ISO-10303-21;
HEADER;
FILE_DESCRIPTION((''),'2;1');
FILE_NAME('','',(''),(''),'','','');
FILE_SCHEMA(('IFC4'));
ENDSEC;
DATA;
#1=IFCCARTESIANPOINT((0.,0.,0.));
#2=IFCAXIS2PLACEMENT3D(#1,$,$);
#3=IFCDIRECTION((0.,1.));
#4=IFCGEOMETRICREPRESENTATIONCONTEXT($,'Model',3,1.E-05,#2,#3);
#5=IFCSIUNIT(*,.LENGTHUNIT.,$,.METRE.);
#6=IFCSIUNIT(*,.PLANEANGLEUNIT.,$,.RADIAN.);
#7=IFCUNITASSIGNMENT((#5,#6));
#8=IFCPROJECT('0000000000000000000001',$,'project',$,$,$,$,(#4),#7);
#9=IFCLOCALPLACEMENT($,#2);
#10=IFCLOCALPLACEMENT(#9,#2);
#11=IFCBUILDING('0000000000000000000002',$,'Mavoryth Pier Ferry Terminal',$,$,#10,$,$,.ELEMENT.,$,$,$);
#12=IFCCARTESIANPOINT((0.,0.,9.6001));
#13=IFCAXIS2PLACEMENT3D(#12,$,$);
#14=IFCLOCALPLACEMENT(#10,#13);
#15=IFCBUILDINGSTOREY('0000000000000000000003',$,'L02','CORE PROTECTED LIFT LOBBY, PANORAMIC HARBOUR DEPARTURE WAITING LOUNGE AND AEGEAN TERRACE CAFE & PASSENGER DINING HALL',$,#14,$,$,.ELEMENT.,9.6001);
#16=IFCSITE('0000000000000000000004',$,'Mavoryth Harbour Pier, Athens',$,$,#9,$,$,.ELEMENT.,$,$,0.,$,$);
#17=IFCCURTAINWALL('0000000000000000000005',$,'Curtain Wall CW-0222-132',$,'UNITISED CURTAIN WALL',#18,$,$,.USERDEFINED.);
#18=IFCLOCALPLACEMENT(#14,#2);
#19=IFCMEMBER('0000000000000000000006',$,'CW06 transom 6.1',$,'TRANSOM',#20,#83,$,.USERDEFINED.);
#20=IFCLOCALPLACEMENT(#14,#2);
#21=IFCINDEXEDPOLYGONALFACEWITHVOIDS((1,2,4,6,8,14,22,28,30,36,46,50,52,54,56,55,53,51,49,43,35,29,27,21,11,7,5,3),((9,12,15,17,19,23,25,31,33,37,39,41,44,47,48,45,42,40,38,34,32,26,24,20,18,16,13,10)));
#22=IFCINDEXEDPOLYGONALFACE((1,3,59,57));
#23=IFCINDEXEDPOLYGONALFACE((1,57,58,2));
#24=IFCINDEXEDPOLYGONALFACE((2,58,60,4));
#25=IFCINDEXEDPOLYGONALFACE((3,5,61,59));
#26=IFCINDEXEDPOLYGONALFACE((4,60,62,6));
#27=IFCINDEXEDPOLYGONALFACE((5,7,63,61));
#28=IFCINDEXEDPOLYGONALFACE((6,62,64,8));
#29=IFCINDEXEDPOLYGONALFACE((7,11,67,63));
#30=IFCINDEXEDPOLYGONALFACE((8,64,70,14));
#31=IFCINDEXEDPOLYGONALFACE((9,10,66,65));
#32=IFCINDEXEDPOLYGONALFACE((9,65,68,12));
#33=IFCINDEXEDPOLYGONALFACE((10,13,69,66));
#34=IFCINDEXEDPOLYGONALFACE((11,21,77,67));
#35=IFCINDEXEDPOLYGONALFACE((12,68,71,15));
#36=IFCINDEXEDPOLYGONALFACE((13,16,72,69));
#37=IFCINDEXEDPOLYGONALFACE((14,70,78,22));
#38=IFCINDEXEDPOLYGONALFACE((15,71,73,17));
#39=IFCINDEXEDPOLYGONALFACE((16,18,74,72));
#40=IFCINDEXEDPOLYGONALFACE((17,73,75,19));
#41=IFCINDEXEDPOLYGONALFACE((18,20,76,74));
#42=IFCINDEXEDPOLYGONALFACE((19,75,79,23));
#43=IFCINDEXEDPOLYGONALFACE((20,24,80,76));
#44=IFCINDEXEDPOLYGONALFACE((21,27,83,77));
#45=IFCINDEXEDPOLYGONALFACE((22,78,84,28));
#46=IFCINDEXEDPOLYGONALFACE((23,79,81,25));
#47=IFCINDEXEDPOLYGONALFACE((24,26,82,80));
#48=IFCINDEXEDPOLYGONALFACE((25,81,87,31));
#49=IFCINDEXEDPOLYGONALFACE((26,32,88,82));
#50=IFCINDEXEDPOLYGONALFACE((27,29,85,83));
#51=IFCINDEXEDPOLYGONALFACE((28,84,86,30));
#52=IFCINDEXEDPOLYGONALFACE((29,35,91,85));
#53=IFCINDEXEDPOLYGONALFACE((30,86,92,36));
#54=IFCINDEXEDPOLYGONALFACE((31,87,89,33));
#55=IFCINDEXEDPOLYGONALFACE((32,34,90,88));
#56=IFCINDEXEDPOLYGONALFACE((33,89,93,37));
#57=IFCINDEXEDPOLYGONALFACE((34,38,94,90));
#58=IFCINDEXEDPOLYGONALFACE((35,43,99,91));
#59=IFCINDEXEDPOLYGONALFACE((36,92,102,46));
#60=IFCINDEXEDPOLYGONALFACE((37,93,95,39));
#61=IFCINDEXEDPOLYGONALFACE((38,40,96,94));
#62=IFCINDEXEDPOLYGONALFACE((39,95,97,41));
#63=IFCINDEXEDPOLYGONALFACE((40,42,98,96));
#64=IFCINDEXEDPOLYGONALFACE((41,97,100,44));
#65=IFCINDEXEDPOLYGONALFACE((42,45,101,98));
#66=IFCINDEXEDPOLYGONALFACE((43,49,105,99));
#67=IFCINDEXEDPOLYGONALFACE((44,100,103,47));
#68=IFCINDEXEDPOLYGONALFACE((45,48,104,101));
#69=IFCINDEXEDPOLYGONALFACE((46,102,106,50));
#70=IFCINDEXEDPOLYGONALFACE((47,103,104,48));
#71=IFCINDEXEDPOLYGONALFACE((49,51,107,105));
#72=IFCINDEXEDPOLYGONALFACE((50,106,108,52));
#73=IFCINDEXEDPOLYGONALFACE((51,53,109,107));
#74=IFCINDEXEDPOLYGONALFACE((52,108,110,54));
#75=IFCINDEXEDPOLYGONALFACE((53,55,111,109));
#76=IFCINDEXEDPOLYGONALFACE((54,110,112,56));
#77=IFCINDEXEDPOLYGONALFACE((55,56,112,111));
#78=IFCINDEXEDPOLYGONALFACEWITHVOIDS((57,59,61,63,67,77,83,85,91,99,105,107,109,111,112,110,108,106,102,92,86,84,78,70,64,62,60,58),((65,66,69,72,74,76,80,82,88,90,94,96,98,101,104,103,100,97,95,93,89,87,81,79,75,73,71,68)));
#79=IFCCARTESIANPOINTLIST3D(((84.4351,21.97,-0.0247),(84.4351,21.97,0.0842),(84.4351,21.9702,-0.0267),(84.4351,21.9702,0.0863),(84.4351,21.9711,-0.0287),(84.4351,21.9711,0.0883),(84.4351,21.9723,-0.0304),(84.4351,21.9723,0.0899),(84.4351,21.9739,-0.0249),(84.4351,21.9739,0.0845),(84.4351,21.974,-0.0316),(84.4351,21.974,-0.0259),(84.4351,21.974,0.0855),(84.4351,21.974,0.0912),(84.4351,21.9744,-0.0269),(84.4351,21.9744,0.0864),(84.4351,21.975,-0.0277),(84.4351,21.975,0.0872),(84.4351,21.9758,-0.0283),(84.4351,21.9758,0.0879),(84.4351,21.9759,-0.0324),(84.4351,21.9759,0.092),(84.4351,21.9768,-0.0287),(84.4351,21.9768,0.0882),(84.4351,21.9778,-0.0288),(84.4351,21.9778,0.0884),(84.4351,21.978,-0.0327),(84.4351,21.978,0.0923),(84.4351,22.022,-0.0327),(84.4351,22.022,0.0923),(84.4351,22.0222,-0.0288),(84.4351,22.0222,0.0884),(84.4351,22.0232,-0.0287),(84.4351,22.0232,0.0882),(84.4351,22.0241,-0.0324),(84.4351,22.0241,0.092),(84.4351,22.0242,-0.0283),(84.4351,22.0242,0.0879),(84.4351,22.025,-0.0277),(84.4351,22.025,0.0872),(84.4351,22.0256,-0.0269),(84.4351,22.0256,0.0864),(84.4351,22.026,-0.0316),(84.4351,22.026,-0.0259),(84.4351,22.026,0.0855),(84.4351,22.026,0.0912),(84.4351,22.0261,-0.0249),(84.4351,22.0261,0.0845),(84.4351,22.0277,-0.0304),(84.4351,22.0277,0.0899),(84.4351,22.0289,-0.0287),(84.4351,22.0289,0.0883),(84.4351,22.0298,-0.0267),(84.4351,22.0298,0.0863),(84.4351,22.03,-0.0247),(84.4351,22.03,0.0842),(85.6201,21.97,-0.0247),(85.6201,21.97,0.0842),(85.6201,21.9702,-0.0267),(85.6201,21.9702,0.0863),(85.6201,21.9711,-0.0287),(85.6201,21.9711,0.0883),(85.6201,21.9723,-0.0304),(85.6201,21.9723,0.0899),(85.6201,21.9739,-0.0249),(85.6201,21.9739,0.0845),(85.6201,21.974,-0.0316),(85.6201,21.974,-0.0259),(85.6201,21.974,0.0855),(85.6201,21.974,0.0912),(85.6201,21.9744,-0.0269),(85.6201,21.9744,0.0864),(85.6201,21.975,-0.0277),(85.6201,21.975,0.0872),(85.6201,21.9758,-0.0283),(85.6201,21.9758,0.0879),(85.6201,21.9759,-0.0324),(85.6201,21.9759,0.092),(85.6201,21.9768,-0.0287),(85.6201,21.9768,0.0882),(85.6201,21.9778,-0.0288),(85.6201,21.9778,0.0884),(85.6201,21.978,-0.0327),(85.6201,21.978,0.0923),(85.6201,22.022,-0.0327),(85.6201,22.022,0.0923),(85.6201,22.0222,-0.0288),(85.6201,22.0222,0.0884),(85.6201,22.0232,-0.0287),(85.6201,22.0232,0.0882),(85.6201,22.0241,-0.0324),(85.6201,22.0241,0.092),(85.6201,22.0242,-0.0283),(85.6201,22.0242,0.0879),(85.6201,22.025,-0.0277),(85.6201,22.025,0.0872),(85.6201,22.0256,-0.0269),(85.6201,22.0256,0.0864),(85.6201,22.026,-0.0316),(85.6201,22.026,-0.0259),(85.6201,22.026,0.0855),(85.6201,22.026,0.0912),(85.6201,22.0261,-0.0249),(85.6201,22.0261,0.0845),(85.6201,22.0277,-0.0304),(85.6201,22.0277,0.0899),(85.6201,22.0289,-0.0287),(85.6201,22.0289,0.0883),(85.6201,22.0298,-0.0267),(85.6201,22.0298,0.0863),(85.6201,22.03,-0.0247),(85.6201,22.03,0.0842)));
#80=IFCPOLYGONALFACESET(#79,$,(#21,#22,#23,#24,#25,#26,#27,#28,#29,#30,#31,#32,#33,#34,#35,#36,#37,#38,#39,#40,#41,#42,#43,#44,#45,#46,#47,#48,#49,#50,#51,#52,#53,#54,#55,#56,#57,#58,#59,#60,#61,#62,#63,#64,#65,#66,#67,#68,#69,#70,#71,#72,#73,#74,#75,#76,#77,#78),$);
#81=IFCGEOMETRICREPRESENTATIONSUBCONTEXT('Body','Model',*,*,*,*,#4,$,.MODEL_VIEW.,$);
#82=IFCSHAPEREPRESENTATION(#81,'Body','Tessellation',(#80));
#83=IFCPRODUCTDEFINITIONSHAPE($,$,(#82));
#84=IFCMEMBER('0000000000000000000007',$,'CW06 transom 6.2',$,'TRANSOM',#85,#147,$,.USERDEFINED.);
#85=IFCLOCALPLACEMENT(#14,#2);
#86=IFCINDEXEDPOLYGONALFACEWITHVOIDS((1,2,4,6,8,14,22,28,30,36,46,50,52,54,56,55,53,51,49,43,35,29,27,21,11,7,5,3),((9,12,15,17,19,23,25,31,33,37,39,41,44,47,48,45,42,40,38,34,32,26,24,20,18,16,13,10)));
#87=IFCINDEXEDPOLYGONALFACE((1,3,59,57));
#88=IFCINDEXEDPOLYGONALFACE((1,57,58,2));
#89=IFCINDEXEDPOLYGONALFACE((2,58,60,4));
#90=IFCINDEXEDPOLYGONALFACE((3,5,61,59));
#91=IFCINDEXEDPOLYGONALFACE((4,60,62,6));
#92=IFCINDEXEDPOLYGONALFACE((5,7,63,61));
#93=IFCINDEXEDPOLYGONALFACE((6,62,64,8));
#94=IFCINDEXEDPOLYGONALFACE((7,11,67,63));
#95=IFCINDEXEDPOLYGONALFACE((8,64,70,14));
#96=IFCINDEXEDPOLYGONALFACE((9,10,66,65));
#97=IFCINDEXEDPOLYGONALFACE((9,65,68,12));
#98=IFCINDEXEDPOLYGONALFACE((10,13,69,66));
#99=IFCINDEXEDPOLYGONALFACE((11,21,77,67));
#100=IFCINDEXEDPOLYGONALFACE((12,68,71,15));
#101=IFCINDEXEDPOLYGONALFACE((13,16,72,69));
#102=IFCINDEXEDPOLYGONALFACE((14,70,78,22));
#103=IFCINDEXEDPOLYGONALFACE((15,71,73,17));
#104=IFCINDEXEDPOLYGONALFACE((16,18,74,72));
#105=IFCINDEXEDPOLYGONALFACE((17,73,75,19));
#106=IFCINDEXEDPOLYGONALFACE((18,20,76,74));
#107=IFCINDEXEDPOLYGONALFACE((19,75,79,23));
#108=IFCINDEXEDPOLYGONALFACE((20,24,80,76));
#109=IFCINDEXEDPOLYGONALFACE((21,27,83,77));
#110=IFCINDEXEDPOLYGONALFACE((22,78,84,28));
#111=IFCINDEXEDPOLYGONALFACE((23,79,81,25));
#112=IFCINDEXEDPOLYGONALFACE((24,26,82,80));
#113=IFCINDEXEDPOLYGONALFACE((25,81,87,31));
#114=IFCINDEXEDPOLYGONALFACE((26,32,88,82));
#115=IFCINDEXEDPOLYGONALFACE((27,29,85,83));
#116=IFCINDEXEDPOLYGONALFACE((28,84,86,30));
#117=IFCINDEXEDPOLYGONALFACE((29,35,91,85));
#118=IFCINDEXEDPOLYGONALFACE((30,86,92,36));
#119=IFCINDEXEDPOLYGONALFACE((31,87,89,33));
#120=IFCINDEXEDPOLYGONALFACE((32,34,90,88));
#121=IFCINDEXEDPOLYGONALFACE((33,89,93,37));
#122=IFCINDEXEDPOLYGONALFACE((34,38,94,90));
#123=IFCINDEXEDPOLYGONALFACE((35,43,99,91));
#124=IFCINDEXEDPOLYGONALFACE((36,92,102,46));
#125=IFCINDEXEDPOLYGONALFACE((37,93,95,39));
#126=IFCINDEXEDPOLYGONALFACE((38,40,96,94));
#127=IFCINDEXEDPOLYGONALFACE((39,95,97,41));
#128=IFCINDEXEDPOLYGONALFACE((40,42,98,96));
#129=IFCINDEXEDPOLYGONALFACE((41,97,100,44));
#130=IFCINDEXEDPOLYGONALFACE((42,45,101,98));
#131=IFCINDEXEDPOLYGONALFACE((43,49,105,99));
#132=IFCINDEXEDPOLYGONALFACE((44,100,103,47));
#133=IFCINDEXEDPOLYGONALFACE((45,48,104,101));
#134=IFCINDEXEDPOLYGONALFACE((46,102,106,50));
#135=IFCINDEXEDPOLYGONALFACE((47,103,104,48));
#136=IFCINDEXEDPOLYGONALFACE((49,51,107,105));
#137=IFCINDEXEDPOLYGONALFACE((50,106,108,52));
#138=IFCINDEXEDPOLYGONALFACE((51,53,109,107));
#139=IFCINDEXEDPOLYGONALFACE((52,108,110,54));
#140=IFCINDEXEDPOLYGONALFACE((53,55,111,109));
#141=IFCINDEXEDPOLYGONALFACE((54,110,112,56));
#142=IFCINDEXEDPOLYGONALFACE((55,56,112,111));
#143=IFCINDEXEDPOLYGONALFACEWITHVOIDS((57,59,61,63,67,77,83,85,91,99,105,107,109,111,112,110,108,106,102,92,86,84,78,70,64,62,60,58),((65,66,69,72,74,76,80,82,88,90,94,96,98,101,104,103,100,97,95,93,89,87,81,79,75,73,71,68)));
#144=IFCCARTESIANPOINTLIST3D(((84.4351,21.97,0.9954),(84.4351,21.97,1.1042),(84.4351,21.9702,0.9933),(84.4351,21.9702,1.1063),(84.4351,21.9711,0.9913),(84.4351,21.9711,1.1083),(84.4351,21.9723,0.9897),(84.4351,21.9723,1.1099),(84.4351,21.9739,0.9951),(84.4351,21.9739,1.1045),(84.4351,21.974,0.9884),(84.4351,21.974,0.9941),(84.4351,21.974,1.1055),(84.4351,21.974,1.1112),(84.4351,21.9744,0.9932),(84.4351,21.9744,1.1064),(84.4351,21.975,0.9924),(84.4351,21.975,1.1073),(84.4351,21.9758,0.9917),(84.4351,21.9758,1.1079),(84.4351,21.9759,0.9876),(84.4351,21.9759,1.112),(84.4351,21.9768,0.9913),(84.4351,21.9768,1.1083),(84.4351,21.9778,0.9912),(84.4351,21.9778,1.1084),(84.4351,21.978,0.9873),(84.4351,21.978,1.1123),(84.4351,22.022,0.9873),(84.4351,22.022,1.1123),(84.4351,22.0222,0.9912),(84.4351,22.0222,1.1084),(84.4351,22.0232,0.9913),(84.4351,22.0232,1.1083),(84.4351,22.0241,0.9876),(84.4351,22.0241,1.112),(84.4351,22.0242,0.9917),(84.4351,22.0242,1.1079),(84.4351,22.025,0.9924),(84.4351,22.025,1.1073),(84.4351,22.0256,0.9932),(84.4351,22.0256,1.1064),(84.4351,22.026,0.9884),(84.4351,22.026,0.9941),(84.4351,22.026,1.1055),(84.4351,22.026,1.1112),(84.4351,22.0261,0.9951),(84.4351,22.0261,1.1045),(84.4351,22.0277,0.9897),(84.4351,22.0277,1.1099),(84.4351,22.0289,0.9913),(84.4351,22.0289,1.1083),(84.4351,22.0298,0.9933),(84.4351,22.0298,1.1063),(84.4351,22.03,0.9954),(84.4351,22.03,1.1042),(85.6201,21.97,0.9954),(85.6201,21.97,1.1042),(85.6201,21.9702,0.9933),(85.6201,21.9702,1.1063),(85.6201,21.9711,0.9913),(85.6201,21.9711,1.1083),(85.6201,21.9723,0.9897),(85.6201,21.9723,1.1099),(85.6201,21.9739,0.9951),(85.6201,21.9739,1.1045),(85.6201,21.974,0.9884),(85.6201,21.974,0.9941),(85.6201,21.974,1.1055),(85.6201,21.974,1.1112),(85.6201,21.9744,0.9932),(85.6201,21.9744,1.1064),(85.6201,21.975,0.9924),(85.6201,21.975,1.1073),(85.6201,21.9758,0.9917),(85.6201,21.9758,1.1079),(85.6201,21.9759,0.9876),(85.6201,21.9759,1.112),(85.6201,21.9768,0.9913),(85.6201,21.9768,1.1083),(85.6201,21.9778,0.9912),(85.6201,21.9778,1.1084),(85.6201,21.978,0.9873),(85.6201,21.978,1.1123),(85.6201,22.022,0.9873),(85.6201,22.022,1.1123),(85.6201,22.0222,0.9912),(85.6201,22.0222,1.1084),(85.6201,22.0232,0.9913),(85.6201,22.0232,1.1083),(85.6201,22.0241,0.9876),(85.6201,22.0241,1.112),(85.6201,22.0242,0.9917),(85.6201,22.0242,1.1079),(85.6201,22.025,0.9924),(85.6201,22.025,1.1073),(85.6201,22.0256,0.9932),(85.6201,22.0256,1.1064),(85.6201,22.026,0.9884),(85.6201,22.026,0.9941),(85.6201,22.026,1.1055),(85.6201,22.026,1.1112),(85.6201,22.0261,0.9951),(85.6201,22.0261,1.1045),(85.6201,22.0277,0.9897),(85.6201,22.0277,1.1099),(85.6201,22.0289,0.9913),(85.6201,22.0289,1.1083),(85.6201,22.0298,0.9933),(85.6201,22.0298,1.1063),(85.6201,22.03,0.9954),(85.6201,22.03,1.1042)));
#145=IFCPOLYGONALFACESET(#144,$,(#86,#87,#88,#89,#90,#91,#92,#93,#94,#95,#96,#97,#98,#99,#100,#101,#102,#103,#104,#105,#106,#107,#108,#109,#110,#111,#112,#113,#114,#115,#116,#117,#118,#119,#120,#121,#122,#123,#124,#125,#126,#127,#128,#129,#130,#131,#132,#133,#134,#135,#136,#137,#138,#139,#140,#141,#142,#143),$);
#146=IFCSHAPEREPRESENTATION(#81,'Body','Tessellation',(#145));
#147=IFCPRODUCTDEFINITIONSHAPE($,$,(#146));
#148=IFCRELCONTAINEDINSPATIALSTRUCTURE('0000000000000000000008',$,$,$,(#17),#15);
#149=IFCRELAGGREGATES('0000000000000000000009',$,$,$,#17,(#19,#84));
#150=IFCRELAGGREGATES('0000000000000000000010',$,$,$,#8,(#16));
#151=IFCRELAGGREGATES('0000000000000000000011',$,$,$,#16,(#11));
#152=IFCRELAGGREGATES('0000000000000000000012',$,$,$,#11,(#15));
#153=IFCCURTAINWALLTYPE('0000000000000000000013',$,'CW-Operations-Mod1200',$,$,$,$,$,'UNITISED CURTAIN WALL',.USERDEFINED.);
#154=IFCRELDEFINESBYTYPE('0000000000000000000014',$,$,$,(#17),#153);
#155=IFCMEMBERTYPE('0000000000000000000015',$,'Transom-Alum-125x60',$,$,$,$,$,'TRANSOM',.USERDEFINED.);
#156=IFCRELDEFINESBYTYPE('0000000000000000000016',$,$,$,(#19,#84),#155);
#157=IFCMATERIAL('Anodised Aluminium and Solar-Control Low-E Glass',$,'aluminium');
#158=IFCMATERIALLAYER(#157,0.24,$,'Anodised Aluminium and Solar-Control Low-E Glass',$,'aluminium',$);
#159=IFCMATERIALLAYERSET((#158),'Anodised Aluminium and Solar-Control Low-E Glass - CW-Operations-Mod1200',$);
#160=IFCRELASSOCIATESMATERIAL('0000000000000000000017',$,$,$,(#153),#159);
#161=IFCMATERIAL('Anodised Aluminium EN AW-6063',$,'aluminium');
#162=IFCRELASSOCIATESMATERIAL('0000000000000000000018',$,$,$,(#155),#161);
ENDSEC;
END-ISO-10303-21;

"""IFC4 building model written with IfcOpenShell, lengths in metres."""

from ifc_helpers import new_model, si_unit, direction, frame, origin, origin_2d, place, context, subcontext, project, spatial, hollow_rectangle, extrude, material, layer, layer_set, material_profile, profile_set, type_object, element, aggregate, save


model = new_model("IFC4")

# Units and contexts
model_context = context("Model", 3, precision=1e-05, world=origin(), true_north=direction((0.0, 1.0)))
body_context = subcontext(model_context, "Body", "Model", "MODEL_VIEW")
ifc_project = project(units=[si_unit("LENGTHUNIT", "METRE"), si_unit("PLANEANGLEUNIT", "RADIAN")], contexts=[model_context])

# Site, building, storey
site_placement = place(None, origin())
site = spatial("IfcSite", under=ifc_project, at=site_placement, Name="Mavoryth Harbour Pier, Athens", CompositionType="ELEMENT", RefElevation=0.0)
building_placement = place(site_placement, origin())
building = spatial("IfcBuilding", under=site, at=building_placement, Name="Mavoryth Pier Ferry Terminal", CompositionType="ELEMENT")
storey_placement = place(building_placement, frame((0.0, 0.0, 9.6001)))
storey = spatial("IfcBuildingStorey", under=building, at=storey_placement, Name="L02", Description="CORE PROTECTED LIFT LOBBY, PANORAMIC HARBOUR DEPARTURE WAITING LOUNGE AND AEGEAN TERRACE CAFE & PASSENGER DINING HALL", CompositionType="ELEMENT", Elevation=9.6001)

# Curtain wall
ifc_material_1 = material(Name="Anodised Aluminium and Solar-Control Low-E Glass", Category="aluminium")
ifc_layer_1 = layer(ifc_material_1, 0.24, Name="Anodised Aluminium and Solar-Control Low-E Glass", Category="aluminium")
ifc_layer_set_1 = layer_set([ifc_layer_1], Name="Anodised Aluminium and Solar-Control Low-E Glass - CW-Operations-Mod1200")
curtain_wall_type = type_object("IfcCurtainWallType", Name="CW-Operations-Mod1200", ElementType="UNITISED CURTAIN WALL", PredefinedType="USERDEFINED", material=ifc_layer_set_1)
curtain_wall_placement = place(storey_placement, origin())
curtain_wall = element("IfcCurtainWall", 1, at=curtain_wall_placement, inside=storey, type_object=curtain_wall_type, Name="Curtain Wall CW-0222-132", ObjectType="UNITISED CURTAIN WALL", PredefinedType="USERDEFINED")
ifc_material_2 = material(Name="Anodised Aluminium EN AW-6063", Category="aluminium")

# Members
ifc_material_profile_1 = material_profile(ifc_material_2, hollow_rectangle(XDim=0.0601, YDim=0.125, WallThickness=0.0039, InnerFilletRadius=0.0039, OuterFilletRadius=0.0081, at=origin_2d()), Name="AL-TRAN 125x60x4", Category="aluminium")
ifc_profile_set_1 = profile_set([ifc_material_profile_1], Name="Anodised Aluminium EN AW-6063 - AL-TRAN 125x60x4")
member_type_1 = type_object("IfcMemberType", Name="Transom-Alum-125x60", ElementType="TRANSOM", PredefinedType="USERDEFINED", material=ifc_profile_set_1)
member_1_placement = place(storey_placement, frame((85.6201, 22.0, 0.0298), z_axis=(-1.0, 0.0, 0.0), x_axis=(0.0, -1.0, 0.0)))
member_1 = element("IfcMember", 2, at=member_1_placement, type_object=member_type_1, Name="CW06 transom 6.1", ObjectType="TRANSOM", PredefinedType="USERDEFINED", context=body_context, shape_type="SweptSolid", body=[
    extrude(hollow_rectangle(XDim=0.0601, YDim=0.125, WallThickness=0.0039, InnerFilletRadius=0.0039, OuterFilletRadius=0.0081, at=origin_2d()), origin(), (0.0, 0.0, 1.0), 1.1851),
])
member_2_placement = place(storey_placement, frame((85.6201, 22.0, 1.0498), z_axis=(-1.0, 0.0, 0.0), x_axis=(0.0, -1.0, 0.0)))
member_2 = element("IfcMember", 3, at=member_2_placement, type_object=member_type_1, Name="CW06 transom 6.2", ObjectType="TRANSOM", PredefinedType="USERDEFINED", context=body_context, shape_type="SweptSolid", body=[
    extrude(hollow_rectangle(XDim=0.0601, YDim=0.125, WallThickness=0.0039, InnerFilletRadius=0.0039, OuterFilletRadius=0.0081, at=origin_2d()), origin(), (0.0, 0.0, 1.0), 1.1851),
])

aggregate(curtain_wall, [member_1, member_2])

save(model, "model.ifc")
